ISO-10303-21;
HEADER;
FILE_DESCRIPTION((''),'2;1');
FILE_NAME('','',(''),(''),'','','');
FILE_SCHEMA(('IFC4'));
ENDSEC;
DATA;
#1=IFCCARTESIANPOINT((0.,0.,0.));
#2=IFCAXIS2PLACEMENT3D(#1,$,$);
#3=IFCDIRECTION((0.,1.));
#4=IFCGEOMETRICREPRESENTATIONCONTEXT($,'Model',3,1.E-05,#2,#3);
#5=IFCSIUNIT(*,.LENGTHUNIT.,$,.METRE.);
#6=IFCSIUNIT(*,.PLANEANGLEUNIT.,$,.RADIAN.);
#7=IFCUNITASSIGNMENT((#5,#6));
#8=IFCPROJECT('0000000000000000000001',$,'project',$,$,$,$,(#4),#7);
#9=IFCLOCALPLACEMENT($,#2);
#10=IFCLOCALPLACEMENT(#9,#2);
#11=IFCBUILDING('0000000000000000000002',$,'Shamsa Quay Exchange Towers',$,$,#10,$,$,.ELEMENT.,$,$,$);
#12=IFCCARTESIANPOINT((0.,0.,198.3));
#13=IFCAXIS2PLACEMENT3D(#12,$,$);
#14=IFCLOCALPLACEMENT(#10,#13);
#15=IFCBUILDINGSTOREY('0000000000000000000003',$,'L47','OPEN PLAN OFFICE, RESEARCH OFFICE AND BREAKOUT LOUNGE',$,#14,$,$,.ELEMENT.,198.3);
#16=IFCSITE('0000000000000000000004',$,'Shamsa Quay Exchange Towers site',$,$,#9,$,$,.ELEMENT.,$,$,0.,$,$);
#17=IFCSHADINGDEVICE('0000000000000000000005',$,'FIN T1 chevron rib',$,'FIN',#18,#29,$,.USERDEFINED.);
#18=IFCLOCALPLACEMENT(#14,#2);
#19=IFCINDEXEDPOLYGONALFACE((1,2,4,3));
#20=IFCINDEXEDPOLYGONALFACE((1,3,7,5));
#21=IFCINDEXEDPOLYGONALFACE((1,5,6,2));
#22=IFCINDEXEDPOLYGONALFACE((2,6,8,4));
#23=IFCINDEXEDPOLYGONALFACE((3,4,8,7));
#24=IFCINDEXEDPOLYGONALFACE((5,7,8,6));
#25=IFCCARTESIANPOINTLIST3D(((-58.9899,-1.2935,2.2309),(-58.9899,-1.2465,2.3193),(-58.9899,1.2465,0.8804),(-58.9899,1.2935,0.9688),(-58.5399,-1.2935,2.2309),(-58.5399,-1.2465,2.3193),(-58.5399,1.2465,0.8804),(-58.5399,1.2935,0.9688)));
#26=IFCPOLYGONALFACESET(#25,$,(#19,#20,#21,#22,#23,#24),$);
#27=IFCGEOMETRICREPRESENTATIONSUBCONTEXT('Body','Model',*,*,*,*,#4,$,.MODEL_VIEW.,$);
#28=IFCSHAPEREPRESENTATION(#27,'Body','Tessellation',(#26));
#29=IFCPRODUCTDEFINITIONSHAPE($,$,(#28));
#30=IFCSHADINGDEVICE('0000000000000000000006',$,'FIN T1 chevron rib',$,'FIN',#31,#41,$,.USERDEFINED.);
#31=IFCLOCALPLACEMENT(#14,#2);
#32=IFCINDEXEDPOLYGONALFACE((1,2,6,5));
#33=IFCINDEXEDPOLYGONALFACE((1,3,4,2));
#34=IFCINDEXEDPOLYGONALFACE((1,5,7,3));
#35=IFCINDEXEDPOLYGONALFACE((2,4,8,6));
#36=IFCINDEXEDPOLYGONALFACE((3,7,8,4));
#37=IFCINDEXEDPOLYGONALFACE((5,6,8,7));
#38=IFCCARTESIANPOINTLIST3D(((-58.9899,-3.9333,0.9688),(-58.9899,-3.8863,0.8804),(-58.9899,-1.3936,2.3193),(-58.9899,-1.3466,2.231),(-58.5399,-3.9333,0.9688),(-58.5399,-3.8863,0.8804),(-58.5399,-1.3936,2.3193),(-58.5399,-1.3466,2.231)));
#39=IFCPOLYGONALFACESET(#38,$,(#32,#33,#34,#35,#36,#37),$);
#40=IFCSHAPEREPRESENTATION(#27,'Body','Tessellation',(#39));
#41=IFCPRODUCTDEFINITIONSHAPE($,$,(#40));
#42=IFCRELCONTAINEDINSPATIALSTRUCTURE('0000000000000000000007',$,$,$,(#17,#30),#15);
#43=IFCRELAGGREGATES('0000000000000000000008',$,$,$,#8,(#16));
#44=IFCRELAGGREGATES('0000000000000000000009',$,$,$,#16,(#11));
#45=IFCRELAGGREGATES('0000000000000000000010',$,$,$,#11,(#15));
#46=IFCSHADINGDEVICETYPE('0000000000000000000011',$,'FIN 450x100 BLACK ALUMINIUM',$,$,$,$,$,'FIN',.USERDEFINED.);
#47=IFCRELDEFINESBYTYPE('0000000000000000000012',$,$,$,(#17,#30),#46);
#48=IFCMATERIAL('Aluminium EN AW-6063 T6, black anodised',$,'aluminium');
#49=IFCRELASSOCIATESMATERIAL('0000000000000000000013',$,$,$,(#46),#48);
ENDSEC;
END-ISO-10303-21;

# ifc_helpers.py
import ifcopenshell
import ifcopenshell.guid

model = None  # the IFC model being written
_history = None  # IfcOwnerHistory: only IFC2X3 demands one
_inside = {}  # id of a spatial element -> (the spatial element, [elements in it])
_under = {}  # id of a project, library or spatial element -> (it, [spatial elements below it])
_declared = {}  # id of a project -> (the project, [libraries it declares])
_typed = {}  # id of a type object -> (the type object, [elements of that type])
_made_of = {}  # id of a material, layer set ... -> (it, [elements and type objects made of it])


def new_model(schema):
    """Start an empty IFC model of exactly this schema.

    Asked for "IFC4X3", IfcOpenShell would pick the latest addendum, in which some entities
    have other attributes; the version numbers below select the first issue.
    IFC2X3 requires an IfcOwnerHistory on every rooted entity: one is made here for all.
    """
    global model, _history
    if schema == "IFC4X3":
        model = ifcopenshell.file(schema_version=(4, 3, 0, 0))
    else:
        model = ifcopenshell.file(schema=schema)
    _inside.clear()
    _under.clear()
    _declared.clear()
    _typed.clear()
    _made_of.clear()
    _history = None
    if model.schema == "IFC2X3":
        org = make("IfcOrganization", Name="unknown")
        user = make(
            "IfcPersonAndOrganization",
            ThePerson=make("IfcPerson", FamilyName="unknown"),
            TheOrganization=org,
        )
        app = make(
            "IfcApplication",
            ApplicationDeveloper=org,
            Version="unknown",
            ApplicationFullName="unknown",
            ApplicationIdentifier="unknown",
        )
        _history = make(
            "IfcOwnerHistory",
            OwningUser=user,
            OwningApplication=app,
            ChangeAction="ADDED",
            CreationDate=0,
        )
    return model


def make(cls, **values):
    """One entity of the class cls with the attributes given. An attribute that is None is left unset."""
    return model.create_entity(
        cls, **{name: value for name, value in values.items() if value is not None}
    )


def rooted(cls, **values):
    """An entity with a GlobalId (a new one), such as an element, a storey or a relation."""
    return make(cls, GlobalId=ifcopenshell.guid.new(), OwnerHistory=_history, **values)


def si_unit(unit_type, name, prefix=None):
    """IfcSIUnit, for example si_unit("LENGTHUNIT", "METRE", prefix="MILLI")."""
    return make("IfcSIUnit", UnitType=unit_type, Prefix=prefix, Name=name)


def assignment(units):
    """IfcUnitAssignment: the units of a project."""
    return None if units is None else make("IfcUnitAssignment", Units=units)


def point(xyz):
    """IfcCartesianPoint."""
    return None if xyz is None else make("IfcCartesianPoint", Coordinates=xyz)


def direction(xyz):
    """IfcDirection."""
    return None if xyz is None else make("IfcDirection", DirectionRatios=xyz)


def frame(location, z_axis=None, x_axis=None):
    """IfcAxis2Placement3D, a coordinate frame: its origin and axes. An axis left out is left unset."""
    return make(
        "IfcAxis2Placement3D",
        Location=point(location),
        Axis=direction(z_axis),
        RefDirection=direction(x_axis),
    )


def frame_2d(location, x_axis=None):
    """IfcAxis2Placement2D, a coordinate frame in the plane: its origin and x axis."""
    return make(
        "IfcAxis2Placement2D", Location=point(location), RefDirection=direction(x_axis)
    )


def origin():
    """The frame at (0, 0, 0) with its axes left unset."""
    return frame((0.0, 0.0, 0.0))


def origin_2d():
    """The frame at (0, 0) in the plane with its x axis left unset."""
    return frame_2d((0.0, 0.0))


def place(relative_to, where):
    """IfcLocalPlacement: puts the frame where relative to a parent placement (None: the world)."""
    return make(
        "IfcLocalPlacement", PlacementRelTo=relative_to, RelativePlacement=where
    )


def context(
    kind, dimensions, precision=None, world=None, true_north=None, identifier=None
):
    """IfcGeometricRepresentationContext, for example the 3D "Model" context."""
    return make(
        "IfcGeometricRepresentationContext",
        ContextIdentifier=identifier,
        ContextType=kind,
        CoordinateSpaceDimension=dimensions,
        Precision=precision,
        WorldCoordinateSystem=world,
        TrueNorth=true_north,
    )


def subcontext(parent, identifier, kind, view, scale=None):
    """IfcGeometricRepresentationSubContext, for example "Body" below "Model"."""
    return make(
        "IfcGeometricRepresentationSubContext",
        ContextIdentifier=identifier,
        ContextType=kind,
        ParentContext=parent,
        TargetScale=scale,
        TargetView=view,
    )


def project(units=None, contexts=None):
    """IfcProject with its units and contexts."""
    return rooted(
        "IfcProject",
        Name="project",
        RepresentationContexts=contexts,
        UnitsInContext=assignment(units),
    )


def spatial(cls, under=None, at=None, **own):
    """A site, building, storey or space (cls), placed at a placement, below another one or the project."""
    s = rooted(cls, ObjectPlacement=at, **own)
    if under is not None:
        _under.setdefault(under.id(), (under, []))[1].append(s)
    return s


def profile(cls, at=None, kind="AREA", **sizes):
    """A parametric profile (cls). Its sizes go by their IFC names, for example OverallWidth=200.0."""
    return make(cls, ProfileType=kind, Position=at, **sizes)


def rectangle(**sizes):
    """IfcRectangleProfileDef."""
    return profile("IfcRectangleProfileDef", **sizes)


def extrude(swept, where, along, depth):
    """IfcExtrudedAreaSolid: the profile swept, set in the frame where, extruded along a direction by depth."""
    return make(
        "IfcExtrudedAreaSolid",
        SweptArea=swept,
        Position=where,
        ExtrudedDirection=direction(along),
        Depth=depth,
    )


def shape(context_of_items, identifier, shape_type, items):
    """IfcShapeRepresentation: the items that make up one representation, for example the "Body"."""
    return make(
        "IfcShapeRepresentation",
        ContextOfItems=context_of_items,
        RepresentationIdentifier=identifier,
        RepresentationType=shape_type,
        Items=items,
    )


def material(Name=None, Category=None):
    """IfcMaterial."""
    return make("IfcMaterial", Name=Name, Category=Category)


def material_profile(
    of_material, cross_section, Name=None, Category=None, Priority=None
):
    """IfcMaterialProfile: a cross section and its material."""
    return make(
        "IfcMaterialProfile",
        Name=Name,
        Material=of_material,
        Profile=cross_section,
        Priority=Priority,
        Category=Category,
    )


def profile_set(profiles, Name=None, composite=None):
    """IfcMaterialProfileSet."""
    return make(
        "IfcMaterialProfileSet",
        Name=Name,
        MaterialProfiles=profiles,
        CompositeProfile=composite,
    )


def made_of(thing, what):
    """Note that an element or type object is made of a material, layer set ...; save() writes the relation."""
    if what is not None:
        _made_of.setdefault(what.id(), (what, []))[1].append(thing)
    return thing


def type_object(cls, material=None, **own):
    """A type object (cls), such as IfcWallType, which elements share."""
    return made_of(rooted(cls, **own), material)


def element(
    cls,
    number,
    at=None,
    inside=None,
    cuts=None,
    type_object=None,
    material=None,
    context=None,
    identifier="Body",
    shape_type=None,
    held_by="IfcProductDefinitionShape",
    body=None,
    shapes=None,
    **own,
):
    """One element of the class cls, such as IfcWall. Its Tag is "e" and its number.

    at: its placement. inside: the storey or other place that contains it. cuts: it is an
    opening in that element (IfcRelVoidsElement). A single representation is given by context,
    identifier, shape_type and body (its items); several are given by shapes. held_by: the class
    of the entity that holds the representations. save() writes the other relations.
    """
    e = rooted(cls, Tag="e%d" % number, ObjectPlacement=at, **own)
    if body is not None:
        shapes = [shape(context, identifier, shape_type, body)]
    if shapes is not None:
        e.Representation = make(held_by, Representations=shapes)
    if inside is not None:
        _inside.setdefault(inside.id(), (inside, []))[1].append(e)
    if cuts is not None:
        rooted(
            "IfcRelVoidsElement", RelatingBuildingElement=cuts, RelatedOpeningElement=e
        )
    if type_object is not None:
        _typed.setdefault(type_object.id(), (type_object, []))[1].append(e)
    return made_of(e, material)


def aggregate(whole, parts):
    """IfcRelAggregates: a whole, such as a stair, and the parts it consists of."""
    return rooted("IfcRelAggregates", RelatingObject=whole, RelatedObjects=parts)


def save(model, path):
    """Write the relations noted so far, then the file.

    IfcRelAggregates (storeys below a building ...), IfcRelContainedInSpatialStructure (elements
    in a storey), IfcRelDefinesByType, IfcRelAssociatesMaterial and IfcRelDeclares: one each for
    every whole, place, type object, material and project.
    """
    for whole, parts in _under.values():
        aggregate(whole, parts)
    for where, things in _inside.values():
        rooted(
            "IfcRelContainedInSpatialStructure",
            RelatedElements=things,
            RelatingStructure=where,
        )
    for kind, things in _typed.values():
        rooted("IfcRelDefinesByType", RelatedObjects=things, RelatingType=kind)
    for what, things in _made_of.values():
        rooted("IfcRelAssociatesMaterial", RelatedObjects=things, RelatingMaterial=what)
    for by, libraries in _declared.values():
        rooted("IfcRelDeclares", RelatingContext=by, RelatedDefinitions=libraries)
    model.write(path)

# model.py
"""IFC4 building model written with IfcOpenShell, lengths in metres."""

from ifc_helpers import new_model, si_unit, direction, frame, origin, origin_2d, place, context, subcontext, project, spatial, rectangle, extrude, material, material_profile, profile_set, type_object, element, save


model = new_model("IFC4")

# Units and contexts
model_context = context("Model", 3, precision=1e-05, world=origin(), true_north=direction((0.0, 1.0)))
body_context = subcontext(model_context, "Body", "Model", "MODEL_VIEW")
ifc_project = project(units=[si_unit("LENGTHUNIT", "METRE"), si_unit("PLANEANGLEUNIT", "RADIAN")], contexts=[model_context])

# Site, building, storey
site_placement = place(None, origin())
site = spatial("IfcSite", under=ifc_project, at=site_placement, Name="Shamsa Quay Exchange Towers site", CompositionType="ELEMENT", RefElevation=0.0)
building_placement = place(site_placement, origin())
building = spatial("IfcBuilding", under=site, at=building_placement, Name="Shamsa Quay Exchange Towers", CompositionType="ELEMENT")
storey_placement = place(building_placement, frame((0.0, 0.0, 198.3)))
storey = spatial("IfcBuildingStorey", under=building, at=storey_placement, Name="L47", Description="OPEN PLAN OFFICE, RESEARCH OFFICE AND BREAKOUT LOUNGE", CompositionType="ELEMENT", Elevation=198.3)

# Shared definitions
ifc_material_1 = material(Name="Aluminium EN AW-6063 T6, black anodised", Category="aluminium")

# Shading devices
ifc_material_profile_1 = material_profile(ifc_material_1, rectangle(XDim=0.45, YDim=0.1001, at=origin_2d()), Name="FIN450x100")
ifc_profile_set_1 = profile_set([ifc_material_profile_1], Name="Aluminium EN AW-6063 T6, black anodised")
shading_device_type = type_object("IfcShadingDeviceType", Name="FIN 450x100 BLACK ALUMINIUM", ElementType="FIN", PredefinedType="USERDEFINED", material=ifc_profile_set_1)
shading_device_1_placement = place(storey_placement, frame((-58.7649, 1.27, 0.9246), z_axis=(0.0, -0.882944, 0.469478), x_axis=(1.0, 0.0, 0.0)))
element("IfcShadingDevice", 1, at=shading_device_1_placement, inside=storey, type_object=shading_device_type, Name="FIN T1 chevron rib", ObjectType="FIN", PredefinedType="USERDEFINED", context=body_context, shape_type="SweptSolid", body=[
    extrude(rectangle(XDim=0.45, YDim=0.1001, at=origin_2d()), origin(), (0.0, 0.0, 1.0), 2.8767),
])
shading_device_2_placement = place(storey_placement, frame((-58.7649, -1.3701, 2.2751), z_axis=(0.0, -0.882926, -0.469513), x_axis=(1.0, 0.0, 0.0)))
element("IfcShadingDevice", 2, at=shading_device_2_placement, inside=storey, type_object=shading_device_type, Name="FIN T1 chevron rib", ObjectType="FIN", PredefinedType="USERDEFINED", context=body_context, shape_type="SweptSolid", body=[
    extrude(rectangle(XDim=0.45, YDim=0.1001, at=origin_2d()), origin(), (0.0, 0.0, 1.0), 2.8765),
])

save(model, "model.ifc")
